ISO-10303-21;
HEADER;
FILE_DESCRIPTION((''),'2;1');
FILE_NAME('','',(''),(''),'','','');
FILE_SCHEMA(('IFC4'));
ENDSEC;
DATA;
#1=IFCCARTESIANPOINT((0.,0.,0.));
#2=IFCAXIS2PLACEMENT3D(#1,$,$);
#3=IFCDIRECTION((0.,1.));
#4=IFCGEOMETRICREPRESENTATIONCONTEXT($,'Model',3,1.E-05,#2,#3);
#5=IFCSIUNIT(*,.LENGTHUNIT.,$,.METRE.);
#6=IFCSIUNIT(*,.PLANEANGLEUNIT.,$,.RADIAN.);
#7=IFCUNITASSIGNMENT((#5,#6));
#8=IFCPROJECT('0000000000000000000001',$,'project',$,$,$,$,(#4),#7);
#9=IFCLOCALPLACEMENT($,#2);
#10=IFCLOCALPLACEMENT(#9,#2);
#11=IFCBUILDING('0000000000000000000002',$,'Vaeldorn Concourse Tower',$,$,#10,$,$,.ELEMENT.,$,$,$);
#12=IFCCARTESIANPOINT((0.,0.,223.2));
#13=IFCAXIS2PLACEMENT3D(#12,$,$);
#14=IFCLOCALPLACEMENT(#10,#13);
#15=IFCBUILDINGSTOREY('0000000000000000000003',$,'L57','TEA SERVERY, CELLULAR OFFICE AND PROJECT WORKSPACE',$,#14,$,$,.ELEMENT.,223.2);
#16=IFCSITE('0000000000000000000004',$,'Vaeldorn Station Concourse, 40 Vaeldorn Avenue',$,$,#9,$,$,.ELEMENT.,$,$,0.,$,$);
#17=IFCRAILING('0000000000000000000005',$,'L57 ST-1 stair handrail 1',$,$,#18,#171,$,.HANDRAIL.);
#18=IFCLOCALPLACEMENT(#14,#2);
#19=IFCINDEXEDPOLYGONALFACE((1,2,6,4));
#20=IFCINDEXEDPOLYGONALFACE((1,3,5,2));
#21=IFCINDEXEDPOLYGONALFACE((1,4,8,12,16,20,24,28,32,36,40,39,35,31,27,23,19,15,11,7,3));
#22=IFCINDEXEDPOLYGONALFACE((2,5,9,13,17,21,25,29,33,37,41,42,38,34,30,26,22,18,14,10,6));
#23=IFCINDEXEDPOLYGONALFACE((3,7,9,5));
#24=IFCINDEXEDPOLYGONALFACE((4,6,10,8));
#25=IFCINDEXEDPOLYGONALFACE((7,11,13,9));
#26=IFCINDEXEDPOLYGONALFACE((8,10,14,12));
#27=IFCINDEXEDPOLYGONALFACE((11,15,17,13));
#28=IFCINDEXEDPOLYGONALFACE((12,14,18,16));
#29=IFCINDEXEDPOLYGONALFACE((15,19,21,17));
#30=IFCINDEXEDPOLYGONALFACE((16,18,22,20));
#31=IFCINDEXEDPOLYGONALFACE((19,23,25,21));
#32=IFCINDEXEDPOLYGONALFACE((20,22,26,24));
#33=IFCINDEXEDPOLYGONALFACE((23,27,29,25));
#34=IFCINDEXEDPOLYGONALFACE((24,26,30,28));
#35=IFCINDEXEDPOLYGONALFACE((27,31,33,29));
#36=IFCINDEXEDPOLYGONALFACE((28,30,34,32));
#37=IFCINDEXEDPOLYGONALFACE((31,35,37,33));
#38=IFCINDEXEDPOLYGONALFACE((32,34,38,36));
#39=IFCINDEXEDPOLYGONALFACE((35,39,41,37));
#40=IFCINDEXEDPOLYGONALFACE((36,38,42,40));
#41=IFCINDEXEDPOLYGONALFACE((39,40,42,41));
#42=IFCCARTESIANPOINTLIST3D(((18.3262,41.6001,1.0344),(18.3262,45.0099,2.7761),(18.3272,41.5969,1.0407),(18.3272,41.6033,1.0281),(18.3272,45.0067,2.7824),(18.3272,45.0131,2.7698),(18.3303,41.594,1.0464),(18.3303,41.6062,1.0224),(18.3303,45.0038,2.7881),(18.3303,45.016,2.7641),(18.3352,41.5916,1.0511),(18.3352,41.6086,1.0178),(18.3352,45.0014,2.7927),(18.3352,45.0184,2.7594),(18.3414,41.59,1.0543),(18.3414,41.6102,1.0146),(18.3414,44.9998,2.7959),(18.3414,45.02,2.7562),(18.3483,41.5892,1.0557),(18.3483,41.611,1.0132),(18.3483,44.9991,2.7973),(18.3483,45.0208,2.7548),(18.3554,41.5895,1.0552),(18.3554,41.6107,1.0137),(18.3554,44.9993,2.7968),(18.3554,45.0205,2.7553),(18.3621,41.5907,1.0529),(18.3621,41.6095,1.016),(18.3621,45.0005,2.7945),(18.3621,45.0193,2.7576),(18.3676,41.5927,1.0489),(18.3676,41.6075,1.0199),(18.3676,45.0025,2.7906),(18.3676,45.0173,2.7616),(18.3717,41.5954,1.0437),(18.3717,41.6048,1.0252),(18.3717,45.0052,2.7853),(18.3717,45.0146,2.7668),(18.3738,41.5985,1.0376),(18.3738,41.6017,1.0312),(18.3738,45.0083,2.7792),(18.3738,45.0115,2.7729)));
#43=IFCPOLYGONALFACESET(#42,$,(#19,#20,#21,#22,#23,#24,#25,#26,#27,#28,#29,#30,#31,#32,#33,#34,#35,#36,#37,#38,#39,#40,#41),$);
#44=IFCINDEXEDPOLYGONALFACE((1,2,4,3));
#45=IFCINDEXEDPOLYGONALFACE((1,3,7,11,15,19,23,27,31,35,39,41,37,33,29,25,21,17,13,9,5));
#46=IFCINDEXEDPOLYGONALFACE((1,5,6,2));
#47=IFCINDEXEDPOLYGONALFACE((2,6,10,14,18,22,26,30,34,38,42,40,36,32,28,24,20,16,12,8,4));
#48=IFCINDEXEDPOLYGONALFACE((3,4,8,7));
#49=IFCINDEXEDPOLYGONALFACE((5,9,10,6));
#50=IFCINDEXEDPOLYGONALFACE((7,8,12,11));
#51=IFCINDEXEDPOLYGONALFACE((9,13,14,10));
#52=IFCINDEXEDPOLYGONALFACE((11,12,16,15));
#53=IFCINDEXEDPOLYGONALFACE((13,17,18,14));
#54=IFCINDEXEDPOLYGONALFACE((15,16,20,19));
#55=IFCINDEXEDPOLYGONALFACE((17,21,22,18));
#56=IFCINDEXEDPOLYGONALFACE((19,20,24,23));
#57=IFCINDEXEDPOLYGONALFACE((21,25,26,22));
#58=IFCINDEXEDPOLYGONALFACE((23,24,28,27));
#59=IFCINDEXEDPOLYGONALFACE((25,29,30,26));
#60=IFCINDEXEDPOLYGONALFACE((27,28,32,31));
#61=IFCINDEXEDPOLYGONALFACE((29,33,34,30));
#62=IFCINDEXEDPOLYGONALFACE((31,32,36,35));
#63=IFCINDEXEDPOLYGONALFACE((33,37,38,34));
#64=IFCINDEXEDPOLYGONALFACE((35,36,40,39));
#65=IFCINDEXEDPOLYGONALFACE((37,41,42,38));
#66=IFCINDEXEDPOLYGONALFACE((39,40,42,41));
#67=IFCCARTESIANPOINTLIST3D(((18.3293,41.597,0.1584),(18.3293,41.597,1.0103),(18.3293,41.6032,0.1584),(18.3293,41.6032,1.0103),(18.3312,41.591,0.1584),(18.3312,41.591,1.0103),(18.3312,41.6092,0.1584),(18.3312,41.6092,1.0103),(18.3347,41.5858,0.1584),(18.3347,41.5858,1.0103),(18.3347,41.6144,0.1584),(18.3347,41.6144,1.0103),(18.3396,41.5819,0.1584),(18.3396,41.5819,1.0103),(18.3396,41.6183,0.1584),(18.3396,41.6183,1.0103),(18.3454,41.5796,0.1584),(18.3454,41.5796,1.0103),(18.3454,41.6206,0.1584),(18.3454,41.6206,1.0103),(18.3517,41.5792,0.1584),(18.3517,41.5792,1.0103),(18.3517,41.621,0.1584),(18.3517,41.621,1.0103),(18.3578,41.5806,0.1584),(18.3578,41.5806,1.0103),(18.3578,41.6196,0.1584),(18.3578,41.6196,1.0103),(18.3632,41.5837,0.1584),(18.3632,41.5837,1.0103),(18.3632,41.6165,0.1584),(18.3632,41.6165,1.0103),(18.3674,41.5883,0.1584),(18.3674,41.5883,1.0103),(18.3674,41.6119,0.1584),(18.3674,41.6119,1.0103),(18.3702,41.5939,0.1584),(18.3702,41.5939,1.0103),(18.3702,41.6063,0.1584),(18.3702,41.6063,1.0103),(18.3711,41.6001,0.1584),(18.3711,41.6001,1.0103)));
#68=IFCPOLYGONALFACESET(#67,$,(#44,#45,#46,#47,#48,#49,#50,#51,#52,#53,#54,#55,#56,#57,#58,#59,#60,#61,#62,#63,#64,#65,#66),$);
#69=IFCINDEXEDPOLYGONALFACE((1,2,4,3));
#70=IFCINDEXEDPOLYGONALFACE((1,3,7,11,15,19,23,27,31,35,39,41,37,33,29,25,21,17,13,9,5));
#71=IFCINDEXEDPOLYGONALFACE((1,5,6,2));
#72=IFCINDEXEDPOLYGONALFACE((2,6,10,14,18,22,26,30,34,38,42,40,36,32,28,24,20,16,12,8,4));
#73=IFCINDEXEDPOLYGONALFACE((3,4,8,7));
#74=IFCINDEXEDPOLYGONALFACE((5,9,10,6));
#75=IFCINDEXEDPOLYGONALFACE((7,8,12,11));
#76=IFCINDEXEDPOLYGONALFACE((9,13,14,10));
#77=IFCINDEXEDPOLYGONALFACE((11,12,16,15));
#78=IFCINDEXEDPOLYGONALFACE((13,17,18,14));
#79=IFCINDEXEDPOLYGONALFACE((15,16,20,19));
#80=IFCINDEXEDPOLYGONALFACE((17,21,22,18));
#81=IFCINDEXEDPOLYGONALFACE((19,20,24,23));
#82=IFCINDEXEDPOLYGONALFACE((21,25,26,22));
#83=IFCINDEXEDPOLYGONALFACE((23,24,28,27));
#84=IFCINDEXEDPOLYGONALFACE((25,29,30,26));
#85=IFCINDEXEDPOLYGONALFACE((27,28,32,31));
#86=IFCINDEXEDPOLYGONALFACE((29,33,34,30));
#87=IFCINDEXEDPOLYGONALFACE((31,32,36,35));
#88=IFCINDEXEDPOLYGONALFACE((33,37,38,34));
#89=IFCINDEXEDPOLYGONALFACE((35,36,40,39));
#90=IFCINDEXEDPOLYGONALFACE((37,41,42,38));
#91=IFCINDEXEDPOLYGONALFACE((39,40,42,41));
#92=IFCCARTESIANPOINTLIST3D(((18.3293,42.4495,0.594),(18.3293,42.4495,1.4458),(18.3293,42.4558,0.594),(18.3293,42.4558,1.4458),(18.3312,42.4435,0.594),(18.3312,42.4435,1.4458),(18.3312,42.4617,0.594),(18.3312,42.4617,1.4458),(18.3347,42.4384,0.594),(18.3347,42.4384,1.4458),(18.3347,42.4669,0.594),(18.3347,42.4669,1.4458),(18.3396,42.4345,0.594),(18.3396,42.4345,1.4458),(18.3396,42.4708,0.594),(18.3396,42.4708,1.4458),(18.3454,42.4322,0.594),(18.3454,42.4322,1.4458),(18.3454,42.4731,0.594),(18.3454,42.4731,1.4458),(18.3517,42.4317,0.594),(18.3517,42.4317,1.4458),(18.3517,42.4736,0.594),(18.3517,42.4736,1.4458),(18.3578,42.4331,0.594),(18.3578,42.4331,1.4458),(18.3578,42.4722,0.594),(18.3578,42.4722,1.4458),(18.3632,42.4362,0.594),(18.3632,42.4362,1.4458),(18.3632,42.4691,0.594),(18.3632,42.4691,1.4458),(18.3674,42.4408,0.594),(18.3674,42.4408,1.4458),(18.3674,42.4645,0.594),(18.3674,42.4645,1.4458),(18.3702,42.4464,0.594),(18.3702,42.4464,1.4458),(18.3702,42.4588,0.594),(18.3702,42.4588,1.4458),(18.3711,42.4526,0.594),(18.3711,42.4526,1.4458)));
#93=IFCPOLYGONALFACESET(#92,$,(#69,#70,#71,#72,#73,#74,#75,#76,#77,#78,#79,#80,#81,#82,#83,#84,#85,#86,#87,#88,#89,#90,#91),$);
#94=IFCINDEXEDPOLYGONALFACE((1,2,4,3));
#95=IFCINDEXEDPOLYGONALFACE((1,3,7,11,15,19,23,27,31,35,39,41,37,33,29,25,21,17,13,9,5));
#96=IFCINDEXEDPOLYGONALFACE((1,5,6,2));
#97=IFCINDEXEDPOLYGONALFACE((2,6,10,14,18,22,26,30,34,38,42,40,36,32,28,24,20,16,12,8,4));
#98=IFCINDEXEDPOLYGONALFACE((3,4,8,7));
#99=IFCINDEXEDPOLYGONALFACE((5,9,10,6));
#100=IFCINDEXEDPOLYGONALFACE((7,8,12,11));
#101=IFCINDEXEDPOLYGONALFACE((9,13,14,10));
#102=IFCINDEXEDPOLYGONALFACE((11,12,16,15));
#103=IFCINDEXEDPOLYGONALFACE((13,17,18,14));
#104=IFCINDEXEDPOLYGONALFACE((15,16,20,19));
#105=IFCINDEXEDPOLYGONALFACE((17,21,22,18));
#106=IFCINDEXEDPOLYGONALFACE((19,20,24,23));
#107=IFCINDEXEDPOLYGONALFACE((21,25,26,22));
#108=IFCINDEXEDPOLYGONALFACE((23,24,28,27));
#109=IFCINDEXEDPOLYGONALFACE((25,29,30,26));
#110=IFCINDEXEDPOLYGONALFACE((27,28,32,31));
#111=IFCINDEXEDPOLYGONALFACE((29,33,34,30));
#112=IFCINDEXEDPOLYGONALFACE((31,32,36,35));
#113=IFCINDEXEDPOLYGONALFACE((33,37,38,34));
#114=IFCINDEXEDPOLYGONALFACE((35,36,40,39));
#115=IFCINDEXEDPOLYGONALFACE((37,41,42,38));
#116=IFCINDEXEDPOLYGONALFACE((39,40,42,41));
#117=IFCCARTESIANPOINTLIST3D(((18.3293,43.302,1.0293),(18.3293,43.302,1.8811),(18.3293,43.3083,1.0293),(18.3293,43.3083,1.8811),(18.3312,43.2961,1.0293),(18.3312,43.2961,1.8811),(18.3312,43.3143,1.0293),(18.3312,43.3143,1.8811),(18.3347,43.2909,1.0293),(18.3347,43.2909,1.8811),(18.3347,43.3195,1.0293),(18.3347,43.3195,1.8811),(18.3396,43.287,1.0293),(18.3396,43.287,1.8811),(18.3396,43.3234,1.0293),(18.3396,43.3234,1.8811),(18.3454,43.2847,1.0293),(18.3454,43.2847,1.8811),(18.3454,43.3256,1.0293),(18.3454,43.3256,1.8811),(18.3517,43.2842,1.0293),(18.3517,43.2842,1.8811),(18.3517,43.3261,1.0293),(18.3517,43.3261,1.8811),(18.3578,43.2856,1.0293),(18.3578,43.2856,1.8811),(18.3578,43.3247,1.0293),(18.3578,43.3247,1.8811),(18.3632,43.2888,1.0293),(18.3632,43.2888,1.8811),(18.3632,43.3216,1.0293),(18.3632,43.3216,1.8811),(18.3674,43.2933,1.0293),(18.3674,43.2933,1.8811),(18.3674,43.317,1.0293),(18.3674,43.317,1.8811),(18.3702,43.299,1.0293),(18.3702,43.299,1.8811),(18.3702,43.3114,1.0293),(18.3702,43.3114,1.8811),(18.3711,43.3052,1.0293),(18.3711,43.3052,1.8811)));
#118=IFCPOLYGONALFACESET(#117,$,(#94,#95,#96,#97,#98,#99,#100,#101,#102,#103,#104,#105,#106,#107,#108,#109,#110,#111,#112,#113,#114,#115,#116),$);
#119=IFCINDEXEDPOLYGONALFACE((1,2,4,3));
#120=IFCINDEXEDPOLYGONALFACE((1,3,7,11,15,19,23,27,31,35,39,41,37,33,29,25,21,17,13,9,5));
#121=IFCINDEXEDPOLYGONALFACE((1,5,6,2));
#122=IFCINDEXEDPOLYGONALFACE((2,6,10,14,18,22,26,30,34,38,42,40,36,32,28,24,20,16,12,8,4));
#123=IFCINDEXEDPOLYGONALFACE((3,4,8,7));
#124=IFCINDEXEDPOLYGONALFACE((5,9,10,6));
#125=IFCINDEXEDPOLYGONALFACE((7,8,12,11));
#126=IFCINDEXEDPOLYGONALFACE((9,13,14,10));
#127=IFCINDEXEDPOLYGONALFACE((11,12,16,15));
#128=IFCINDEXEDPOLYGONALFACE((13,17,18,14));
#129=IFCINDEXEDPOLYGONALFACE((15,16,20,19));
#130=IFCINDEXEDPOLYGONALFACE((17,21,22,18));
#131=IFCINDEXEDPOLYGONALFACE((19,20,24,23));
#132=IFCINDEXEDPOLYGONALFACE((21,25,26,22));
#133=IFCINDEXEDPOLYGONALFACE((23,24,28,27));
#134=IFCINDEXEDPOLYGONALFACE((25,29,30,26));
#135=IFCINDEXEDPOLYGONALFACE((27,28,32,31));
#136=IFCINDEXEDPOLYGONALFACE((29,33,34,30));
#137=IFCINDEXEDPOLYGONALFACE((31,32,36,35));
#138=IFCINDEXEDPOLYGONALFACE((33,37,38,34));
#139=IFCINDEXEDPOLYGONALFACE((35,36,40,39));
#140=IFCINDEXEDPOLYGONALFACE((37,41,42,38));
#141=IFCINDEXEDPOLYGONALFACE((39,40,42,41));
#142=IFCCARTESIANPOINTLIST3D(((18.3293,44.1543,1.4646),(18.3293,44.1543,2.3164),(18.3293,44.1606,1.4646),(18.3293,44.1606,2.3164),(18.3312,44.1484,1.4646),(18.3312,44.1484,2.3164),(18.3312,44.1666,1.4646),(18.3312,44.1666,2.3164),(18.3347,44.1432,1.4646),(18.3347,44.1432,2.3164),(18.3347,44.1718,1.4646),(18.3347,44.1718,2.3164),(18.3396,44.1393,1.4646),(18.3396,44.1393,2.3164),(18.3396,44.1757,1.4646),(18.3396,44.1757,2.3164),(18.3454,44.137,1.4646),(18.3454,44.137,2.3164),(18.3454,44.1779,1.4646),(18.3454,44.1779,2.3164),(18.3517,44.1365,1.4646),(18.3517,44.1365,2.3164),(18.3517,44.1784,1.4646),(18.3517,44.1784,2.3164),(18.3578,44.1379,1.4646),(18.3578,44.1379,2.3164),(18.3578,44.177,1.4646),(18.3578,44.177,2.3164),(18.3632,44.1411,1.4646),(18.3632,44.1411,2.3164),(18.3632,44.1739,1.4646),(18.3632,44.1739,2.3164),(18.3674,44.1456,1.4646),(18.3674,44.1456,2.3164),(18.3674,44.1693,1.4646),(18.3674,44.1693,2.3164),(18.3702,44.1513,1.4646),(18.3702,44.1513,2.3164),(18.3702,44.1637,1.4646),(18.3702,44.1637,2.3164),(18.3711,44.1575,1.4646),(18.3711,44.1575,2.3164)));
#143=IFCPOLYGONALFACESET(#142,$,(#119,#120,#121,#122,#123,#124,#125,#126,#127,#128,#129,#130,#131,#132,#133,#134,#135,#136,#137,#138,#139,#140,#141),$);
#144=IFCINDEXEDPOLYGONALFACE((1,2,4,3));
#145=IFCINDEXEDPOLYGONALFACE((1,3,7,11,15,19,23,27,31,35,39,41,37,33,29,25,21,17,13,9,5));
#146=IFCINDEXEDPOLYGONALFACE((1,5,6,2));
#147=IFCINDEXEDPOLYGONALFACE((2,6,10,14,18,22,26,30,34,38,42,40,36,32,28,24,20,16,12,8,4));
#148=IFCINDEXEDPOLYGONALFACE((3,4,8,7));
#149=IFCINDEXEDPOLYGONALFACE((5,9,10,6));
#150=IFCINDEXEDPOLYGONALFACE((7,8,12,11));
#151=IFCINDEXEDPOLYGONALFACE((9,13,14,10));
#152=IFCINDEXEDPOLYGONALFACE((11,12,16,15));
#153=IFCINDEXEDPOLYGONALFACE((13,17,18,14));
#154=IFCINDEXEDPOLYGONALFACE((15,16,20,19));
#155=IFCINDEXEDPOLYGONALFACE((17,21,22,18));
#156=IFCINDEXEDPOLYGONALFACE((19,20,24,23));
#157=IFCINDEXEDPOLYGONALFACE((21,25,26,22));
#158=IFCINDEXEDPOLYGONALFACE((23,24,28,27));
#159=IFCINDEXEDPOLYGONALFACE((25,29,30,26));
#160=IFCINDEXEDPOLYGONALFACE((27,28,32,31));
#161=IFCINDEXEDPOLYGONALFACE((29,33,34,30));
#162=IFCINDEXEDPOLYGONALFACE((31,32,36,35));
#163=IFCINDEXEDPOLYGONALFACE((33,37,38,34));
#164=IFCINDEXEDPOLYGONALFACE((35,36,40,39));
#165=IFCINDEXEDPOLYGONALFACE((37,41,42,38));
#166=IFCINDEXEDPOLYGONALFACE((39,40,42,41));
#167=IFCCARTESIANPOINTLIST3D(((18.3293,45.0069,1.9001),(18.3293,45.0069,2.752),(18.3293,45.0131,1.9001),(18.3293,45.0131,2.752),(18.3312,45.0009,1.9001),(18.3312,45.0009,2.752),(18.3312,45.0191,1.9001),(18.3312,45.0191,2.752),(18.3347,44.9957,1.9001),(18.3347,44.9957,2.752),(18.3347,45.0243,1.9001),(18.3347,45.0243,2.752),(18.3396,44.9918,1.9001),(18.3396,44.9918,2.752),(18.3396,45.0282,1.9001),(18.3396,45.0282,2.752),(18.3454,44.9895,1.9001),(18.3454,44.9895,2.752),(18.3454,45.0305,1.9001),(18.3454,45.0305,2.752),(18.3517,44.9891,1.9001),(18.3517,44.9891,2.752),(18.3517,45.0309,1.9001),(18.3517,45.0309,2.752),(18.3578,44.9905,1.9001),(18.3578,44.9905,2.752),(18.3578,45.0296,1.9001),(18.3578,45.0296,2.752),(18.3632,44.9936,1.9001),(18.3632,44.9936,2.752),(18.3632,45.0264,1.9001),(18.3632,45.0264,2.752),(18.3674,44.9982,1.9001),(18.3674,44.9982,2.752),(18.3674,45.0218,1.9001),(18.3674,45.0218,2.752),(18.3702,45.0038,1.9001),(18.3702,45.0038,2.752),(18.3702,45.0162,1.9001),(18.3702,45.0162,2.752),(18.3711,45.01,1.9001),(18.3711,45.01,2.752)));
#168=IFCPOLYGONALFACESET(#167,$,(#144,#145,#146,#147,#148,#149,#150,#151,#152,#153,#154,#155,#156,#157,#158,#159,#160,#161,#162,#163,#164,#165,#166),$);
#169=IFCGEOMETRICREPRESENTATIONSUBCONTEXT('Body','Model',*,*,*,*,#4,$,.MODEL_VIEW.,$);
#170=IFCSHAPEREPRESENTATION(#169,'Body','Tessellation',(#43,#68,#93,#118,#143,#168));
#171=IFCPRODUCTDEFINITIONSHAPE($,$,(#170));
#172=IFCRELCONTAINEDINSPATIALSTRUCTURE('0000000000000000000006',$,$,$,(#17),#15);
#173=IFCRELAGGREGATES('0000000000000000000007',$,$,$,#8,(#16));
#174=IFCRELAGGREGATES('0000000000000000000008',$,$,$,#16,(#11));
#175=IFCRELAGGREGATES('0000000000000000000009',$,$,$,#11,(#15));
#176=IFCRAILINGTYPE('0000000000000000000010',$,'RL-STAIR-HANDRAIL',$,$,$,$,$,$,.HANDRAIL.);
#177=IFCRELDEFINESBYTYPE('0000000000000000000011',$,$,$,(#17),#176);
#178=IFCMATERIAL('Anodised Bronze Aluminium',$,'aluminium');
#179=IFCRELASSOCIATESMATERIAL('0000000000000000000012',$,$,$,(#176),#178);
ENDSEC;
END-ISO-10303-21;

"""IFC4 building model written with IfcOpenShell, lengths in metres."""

from ifc_helpers import new_model, si_unit, direction, frame, origin, origin_2d, place, context, subcontext, project, spatial, circle, extrude, material, type_object, element, save


model = new_model("IFC4")

# Units and contexts
model_context = context("Model", 3, precision=1e-05, world=origin(), true_north=direction((0.0, 1.0)))
body_context = subcontext(model_context, "Body", "Model", "MODEL_VIEW")
ifc_project = project(units=[si_unit("LENGTHUNIT", "METRE"), si_unit("PLANEANGLEUNIT", "RADIAN")], contexts=[model_context])

# Site, building, storey
site_placement = place(None, origin())
site = spatial("IfcSite", under=ifc_project, at=site_placement, Name="Vaeldorn Station Concourse, 40 Vaeldorn Avenue", CompositionType="ELEMENT", RefElevation=0.0)
building_placement = place(site_placement, origin())
building = spatial("IfcBuilding", under=site, at=building_placement, Name="Vaeldorn Concourse Tower", CompositionType="ELEMENT")
storey_placement = place(building_placement, frame((0.0, 0.0, 223.2)))
storey = spatial("IfcBuildingStorey", under=building, at=storey_placement, Name="L57", Description="TEA SERVERY, CELLULAR OFFICE AND PROJECT WORKSPACE", CompositionType="ELEMENT", Elevation=223.2)

# Shared definitions
ifc_material_1 = material(Name="Anodised Bronze Aluminium", Category="aluminium")

# Railing
railing_type_1 = type_object("IfcRailingType", Name="RL-STAIR-HANDRAIL", PredefinedType="HANDRAIL", material=ifc_material_1)
railing_1_placement = place(storey_placement, frame((18.3501, 41.6001, 0.1584)))
element("IfcRailing", 1, at=railing_1_placement, inside=storey, type_object=railing_type_1, Name="L57 ST-1 stair handrail 1", PredefinedType="HANDRAIL", context=body_context, shape_type="SweptSolid", body=[
    extrude(circle(Radius=0.0239, at=origin_2d()), frame((0.0, 0.0, 0.876), z_axis=(0.0, 0.890556, 0.454874), x_axis=(-1.0, 0.0, 0.0)), (0.0, 0.0, 1.0), 3.8289),
    extrude(circle(Radius=0.021, at=origin_2d()), origin(), (0.0, 0.0, 1.0), 0.8518),
    extrude(circle(Radius=0.021, at=origin_2d()), frame((0.0, 0.8525, 0.4355)), (0.0, 0.0, 1.0), 0.8518),
    extrude(circle(Radius=0.021, at=origin_2d()), frame((0.0, 1.7051, 0.8708)), (0.0, 0.0, 1.0), 0.8518),
    extrude(circle(Radius=0.021, at=origin_2d()), frame((0.0, 2.5574, 1.3062)), (0.0, 0.0, 1.0), 0.8518),
    extrude(circle(Radius=0.021, at=origin_2d()), frame((0.0, 3.4099, 1.7417)), (0.0, 0.0, 1.0), 0.8518),
])

save(model, "model.ifc")
